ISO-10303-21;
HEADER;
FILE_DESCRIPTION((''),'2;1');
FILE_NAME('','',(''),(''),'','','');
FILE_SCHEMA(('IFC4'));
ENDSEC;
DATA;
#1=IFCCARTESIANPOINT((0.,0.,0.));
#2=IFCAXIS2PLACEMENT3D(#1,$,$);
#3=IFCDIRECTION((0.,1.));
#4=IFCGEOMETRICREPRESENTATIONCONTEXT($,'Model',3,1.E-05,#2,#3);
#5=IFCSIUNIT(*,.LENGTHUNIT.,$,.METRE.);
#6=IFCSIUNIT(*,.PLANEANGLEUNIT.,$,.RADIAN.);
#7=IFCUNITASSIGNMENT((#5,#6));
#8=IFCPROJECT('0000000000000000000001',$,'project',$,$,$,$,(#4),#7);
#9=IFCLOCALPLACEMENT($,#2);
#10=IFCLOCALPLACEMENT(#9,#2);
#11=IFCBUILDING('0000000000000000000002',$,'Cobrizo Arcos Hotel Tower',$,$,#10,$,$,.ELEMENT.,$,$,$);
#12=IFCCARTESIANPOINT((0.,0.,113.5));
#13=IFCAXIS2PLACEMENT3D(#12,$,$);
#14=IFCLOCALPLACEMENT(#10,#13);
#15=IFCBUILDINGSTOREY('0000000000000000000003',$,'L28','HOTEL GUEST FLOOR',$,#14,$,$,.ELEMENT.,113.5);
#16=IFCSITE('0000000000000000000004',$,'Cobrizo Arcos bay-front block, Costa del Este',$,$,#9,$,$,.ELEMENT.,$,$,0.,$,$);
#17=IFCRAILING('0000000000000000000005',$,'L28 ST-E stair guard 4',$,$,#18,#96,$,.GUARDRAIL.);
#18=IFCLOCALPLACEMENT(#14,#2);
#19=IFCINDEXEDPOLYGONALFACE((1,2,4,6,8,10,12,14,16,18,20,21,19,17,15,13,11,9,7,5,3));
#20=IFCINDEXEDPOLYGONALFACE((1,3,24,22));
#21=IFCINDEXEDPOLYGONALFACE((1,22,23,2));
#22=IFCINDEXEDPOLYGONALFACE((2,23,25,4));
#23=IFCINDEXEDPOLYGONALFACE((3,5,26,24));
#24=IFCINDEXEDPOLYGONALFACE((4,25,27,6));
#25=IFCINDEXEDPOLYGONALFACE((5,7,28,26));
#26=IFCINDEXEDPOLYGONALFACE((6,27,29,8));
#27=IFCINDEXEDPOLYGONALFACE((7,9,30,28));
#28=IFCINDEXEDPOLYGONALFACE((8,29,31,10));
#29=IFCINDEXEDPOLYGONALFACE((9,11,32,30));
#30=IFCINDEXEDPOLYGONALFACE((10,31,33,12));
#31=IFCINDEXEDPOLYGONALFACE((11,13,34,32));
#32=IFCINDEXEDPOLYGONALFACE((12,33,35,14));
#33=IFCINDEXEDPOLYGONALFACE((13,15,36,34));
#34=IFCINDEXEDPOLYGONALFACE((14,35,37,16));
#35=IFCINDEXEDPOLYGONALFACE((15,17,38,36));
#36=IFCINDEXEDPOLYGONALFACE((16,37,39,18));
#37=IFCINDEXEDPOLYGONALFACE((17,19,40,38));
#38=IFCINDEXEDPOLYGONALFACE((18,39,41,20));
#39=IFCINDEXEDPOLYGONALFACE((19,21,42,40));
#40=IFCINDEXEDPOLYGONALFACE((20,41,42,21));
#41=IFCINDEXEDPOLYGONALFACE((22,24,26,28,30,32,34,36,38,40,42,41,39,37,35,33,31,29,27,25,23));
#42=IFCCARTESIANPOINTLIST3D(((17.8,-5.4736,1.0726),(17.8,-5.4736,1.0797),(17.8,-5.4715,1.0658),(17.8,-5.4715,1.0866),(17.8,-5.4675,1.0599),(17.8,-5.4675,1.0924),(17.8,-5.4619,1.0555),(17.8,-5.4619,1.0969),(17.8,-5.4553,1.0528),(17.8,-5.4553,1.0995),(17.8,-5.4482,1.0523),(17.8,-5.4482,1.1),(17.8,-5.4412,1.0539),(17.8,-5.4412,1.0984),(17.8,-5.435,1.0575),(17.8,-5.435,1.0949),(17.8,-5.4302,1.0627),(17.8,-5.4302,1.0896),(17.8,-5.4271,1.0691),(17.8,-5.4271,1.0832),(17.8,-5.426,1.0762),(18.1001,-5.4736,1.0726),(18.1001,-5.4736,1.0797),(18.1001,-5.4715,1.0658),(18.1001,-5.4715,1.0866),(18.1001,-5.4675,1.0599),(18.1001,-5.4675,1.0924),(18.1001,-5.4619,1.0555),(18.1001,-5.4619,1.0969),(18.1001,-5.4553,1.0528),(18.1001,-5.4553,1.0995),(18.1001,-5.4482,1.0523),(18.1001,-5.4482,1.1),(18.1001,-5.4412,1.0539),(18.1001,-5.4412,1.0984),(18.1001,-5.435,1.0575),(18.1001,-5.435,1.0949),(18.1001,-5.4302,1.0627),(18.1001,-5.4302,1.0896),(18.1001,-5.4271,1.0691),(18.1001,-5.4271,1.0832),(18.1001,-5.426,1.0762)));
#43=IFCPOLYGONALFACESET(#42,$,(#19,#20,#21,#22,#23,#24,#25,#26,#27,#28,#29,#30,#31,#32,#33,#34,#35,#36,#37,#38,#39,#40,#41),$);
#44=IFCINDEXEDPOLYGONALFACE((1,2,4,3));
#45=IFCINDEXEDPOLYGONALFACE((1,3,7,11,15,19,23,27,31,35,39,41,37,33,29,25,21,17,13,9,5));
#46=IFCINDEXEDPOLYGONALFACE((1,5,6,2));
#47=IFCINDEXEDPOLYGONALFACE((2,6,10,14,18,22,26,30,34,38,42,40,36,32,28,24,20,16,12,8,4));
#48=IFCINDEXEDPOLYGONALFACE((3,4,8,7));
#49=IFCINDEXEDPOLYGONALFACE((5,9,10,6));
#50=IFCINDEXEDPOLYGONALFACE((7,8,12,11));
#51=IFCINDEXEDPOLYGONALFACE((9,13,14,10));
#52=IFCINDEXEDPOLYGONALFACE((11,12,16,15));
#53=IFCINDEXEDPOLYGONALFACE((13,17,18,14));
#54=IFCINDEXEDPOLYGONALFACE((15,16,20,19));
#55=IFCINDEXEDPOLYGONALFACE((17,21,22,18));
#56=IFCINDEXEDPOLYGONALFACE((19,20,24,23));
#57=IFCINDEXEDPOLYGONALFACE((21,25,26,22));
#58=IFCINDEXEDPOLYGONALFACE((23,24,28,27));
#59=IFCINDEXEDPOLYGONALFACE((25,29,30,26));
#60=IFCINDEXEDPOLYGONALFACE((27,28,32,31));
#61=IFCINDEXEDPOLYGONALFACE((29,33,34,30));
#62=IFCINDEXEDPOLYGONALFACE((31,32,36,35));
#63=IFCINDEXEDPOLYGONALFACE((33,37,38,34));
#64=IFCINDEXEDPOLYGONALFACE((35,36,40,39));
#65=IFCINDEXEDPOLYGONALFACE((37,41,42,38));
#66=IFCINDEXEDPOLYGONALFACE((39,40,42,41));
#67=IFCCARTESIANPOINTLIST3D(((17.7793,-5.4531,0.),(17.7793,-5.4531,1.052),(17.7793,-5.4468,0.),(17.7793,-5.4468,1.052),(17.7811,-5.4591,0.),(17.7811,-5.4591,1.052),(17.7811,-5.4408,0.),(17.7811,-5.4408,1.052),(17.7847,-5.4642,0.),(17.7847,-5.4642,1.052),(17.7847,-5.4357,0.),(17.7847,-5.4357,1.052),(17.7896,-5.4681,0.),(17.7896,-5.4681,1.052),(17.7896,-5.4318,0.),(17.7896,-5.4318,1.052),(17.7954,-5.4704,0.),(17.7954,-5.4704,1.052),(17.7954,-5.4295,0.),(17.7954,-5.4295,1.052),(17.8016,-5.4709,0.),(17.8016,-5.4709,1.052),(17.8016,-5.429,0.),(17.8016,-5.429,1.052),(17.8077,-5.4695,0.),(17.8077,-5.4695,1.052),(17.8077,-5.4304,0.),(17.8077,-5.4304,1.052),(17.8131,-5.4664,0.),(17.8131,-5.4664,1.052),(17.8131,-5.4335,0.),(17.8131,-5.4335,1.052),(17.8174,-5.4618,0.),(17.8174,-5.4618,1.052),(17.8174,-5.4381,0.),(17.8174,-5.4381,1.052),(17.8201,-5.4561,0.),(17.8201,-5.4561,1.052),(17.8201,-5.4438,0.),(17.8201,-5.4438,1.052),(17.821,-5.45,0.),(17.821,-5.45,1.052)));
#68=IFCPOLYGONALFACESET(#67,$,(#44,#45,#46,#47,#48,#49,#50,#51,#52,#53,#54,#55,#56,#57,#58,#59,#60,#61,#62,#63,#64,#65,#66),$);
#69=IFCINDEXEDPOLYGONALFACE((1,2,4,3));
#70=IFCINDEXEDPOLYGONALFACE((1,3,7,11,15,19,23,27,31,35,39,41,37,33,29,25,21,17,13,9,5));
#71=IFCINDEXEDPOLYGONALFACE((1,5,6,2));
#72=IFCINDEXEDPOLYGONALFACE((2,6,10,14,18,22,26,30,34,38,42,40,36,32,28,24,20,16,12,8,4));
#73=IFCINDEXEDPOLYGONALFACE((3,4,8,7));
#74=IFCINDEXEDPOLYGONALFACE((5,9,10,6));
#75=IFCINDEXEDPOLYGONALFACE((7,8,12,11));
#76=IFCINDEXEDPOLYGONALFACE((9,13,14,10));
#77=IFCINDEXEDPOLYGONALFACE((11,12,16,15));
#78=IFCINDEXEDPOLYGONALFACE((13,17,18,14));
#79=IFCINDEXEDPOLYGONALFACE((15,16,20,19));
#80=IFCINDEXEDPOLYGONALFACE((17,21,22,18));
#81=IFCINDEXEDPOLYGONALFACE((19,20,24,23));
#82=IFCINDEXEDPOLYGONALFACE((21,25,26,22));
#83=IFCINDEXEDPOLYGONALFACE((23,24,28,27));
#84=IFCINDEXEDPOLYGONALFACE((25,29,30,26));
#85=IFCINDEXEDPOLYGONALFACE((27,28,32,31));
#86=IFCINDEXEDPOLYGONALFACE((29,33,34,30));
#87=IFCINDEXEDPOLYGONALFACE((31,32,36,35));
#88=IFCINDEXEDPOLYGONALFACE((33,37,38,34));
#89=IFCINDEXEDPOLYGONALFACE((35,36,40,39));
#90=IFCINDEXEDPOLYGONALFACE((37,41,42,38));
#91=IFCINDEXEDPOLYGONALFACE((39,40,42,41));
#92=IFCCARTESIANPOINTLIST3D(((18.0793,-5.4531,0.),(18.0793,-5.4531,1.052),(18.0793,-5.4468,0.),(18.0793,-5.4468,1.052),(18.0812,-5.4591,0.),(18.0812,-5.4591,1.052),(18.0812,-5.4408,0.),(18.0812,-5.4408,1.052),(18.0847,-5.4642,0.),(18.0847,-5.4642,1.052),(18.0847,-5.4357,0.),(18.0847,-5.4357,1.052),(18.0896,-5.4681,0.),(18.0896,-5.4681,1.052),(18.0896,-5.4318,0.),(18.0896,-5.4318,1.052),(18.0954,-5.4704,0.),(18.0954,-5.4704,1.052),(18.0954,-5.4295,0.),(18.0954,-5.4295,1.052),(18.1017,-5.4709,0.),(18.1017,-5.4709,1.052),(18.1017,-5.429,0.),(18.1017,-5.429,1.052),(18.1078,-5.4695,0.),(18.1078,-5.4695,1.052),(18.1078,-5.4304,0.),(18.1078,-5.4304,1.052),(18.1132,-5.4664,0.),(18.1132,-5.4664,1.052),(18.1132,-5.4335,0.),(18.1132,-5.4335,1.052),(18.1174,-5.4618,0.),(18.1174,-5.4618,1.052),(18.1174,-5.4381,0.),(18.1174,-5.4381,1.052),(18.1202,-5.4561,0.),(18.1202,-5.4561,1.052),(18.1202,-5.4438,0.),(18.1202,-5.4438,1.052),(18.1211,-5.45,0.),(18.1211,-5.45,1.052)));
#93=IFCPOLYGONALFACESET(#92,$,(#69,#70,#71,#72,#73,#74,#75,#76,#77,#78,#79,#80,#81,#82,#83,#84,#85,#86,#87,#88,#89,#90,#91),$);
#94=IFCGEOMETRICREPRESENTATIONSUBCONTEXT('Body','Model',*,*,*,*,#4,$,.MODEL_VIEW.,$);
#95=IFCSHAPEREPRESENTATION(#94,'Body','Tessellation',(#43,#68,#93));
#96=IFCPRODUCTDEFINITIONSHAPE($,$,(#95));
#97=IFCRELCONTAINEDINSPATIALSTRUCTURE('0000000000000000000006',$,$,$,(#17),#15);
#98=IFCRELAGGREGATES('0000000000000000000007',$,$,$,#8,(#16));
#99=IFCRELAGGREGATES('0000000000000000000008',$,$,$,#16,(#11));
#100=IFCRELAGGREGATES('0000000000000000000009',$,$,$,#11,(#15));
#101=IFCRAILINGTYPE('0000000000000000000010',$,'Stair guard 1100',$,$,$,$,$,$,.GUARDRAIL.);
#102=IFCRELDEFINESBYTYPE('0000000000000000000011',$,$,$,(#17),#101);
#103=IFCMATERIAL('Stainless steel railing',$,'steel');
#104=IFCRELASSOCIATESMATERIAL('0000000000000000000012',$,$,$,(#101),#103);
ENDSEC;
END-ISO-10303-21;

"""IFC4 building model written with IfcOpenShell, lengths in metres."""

from ifc_helpers import new_model, si_unit, direction, frame, origin, origin_2d, place, context, subcontext, project, spatial, circle, extrude, material, type_object, element, save


model = new_model("IFC4")

# Units and contexts
model_context = context("Model", 3, precision=1e-05, world=origin(), true_north=direction((0.0, 1.0)))
body_context = subcontext(model_context, "Body", "Model", "MODEL_VIEW")
ifc_project = project(units=[si_unit("LENGTHUNIT", "METRE"), si_unit("PLANEANGLEUNIT", "RADIAN")], contexts=[model_context])

# Site, building, storey
site_placement = place(None, origin())
site = spatial("IfcSite", under=ifc_project, at=site_placement, Name="Cobrizo Arcos bay-front block, Costa del Este", CompositionType="ELEMENT", RefElevation=0.0)
building_placement = place(site_placement, origin())
building = spatial("IfcBuilding", under=site, at=building_placement, Name="Cobrizo Arcos Hotel Tower", CompositionType="ELEMENT")
storey_placement = place(building_placement, frame((0.0, 0.0, 113.5)))
storey = spatial("IfcBuildingStorey", under=building, at=storey_placement, Name="L28", Description="HOTEL GUEST FLOOR", CompositionType="ELEMENT", Elevation=113.5)

# Railing
ifc_material_1 = material(Name="Stainless steel railing", Category="steel")
railing_type_1 = type_object("IfcRailingType", Name="Stair guard 1100", PredefinedType="GUARDRAIL", material=ifc_material_1)
railing_1_placement = place(storey_placement, frame((17.8, -5.45, 0.0)))
element("IfcRailing", 1, at=railing_1_placement, inside=storey, type_object=railing_type_1, Name="L28 ST-E stair guard 4", PredefinedType="GUARDRAIL", context=body_context, shape_type="SweptSolid", body=[
    extrude(circle(Radius=0.0239, at=origin_2d()), frame((0.0, 0.0, 1.0762), z_axis=(1.0, 0.0, 0.0), x_axis=(0.0, 1.0, 0.0)), (0.0, 0.0, 1.0), 0.3),
    extrude(circle(Radius=0.021, at=origin_2d()), origin(), (0.0, 0.0, 1.0), 1.052),
    extrude(circle(Radius=0.021, at=origin_2d()), frame((0.3, 0.0, 0.0)), (0.0, 0.0, 1.0), 1.052),
])

save(model, "model.ifc")
